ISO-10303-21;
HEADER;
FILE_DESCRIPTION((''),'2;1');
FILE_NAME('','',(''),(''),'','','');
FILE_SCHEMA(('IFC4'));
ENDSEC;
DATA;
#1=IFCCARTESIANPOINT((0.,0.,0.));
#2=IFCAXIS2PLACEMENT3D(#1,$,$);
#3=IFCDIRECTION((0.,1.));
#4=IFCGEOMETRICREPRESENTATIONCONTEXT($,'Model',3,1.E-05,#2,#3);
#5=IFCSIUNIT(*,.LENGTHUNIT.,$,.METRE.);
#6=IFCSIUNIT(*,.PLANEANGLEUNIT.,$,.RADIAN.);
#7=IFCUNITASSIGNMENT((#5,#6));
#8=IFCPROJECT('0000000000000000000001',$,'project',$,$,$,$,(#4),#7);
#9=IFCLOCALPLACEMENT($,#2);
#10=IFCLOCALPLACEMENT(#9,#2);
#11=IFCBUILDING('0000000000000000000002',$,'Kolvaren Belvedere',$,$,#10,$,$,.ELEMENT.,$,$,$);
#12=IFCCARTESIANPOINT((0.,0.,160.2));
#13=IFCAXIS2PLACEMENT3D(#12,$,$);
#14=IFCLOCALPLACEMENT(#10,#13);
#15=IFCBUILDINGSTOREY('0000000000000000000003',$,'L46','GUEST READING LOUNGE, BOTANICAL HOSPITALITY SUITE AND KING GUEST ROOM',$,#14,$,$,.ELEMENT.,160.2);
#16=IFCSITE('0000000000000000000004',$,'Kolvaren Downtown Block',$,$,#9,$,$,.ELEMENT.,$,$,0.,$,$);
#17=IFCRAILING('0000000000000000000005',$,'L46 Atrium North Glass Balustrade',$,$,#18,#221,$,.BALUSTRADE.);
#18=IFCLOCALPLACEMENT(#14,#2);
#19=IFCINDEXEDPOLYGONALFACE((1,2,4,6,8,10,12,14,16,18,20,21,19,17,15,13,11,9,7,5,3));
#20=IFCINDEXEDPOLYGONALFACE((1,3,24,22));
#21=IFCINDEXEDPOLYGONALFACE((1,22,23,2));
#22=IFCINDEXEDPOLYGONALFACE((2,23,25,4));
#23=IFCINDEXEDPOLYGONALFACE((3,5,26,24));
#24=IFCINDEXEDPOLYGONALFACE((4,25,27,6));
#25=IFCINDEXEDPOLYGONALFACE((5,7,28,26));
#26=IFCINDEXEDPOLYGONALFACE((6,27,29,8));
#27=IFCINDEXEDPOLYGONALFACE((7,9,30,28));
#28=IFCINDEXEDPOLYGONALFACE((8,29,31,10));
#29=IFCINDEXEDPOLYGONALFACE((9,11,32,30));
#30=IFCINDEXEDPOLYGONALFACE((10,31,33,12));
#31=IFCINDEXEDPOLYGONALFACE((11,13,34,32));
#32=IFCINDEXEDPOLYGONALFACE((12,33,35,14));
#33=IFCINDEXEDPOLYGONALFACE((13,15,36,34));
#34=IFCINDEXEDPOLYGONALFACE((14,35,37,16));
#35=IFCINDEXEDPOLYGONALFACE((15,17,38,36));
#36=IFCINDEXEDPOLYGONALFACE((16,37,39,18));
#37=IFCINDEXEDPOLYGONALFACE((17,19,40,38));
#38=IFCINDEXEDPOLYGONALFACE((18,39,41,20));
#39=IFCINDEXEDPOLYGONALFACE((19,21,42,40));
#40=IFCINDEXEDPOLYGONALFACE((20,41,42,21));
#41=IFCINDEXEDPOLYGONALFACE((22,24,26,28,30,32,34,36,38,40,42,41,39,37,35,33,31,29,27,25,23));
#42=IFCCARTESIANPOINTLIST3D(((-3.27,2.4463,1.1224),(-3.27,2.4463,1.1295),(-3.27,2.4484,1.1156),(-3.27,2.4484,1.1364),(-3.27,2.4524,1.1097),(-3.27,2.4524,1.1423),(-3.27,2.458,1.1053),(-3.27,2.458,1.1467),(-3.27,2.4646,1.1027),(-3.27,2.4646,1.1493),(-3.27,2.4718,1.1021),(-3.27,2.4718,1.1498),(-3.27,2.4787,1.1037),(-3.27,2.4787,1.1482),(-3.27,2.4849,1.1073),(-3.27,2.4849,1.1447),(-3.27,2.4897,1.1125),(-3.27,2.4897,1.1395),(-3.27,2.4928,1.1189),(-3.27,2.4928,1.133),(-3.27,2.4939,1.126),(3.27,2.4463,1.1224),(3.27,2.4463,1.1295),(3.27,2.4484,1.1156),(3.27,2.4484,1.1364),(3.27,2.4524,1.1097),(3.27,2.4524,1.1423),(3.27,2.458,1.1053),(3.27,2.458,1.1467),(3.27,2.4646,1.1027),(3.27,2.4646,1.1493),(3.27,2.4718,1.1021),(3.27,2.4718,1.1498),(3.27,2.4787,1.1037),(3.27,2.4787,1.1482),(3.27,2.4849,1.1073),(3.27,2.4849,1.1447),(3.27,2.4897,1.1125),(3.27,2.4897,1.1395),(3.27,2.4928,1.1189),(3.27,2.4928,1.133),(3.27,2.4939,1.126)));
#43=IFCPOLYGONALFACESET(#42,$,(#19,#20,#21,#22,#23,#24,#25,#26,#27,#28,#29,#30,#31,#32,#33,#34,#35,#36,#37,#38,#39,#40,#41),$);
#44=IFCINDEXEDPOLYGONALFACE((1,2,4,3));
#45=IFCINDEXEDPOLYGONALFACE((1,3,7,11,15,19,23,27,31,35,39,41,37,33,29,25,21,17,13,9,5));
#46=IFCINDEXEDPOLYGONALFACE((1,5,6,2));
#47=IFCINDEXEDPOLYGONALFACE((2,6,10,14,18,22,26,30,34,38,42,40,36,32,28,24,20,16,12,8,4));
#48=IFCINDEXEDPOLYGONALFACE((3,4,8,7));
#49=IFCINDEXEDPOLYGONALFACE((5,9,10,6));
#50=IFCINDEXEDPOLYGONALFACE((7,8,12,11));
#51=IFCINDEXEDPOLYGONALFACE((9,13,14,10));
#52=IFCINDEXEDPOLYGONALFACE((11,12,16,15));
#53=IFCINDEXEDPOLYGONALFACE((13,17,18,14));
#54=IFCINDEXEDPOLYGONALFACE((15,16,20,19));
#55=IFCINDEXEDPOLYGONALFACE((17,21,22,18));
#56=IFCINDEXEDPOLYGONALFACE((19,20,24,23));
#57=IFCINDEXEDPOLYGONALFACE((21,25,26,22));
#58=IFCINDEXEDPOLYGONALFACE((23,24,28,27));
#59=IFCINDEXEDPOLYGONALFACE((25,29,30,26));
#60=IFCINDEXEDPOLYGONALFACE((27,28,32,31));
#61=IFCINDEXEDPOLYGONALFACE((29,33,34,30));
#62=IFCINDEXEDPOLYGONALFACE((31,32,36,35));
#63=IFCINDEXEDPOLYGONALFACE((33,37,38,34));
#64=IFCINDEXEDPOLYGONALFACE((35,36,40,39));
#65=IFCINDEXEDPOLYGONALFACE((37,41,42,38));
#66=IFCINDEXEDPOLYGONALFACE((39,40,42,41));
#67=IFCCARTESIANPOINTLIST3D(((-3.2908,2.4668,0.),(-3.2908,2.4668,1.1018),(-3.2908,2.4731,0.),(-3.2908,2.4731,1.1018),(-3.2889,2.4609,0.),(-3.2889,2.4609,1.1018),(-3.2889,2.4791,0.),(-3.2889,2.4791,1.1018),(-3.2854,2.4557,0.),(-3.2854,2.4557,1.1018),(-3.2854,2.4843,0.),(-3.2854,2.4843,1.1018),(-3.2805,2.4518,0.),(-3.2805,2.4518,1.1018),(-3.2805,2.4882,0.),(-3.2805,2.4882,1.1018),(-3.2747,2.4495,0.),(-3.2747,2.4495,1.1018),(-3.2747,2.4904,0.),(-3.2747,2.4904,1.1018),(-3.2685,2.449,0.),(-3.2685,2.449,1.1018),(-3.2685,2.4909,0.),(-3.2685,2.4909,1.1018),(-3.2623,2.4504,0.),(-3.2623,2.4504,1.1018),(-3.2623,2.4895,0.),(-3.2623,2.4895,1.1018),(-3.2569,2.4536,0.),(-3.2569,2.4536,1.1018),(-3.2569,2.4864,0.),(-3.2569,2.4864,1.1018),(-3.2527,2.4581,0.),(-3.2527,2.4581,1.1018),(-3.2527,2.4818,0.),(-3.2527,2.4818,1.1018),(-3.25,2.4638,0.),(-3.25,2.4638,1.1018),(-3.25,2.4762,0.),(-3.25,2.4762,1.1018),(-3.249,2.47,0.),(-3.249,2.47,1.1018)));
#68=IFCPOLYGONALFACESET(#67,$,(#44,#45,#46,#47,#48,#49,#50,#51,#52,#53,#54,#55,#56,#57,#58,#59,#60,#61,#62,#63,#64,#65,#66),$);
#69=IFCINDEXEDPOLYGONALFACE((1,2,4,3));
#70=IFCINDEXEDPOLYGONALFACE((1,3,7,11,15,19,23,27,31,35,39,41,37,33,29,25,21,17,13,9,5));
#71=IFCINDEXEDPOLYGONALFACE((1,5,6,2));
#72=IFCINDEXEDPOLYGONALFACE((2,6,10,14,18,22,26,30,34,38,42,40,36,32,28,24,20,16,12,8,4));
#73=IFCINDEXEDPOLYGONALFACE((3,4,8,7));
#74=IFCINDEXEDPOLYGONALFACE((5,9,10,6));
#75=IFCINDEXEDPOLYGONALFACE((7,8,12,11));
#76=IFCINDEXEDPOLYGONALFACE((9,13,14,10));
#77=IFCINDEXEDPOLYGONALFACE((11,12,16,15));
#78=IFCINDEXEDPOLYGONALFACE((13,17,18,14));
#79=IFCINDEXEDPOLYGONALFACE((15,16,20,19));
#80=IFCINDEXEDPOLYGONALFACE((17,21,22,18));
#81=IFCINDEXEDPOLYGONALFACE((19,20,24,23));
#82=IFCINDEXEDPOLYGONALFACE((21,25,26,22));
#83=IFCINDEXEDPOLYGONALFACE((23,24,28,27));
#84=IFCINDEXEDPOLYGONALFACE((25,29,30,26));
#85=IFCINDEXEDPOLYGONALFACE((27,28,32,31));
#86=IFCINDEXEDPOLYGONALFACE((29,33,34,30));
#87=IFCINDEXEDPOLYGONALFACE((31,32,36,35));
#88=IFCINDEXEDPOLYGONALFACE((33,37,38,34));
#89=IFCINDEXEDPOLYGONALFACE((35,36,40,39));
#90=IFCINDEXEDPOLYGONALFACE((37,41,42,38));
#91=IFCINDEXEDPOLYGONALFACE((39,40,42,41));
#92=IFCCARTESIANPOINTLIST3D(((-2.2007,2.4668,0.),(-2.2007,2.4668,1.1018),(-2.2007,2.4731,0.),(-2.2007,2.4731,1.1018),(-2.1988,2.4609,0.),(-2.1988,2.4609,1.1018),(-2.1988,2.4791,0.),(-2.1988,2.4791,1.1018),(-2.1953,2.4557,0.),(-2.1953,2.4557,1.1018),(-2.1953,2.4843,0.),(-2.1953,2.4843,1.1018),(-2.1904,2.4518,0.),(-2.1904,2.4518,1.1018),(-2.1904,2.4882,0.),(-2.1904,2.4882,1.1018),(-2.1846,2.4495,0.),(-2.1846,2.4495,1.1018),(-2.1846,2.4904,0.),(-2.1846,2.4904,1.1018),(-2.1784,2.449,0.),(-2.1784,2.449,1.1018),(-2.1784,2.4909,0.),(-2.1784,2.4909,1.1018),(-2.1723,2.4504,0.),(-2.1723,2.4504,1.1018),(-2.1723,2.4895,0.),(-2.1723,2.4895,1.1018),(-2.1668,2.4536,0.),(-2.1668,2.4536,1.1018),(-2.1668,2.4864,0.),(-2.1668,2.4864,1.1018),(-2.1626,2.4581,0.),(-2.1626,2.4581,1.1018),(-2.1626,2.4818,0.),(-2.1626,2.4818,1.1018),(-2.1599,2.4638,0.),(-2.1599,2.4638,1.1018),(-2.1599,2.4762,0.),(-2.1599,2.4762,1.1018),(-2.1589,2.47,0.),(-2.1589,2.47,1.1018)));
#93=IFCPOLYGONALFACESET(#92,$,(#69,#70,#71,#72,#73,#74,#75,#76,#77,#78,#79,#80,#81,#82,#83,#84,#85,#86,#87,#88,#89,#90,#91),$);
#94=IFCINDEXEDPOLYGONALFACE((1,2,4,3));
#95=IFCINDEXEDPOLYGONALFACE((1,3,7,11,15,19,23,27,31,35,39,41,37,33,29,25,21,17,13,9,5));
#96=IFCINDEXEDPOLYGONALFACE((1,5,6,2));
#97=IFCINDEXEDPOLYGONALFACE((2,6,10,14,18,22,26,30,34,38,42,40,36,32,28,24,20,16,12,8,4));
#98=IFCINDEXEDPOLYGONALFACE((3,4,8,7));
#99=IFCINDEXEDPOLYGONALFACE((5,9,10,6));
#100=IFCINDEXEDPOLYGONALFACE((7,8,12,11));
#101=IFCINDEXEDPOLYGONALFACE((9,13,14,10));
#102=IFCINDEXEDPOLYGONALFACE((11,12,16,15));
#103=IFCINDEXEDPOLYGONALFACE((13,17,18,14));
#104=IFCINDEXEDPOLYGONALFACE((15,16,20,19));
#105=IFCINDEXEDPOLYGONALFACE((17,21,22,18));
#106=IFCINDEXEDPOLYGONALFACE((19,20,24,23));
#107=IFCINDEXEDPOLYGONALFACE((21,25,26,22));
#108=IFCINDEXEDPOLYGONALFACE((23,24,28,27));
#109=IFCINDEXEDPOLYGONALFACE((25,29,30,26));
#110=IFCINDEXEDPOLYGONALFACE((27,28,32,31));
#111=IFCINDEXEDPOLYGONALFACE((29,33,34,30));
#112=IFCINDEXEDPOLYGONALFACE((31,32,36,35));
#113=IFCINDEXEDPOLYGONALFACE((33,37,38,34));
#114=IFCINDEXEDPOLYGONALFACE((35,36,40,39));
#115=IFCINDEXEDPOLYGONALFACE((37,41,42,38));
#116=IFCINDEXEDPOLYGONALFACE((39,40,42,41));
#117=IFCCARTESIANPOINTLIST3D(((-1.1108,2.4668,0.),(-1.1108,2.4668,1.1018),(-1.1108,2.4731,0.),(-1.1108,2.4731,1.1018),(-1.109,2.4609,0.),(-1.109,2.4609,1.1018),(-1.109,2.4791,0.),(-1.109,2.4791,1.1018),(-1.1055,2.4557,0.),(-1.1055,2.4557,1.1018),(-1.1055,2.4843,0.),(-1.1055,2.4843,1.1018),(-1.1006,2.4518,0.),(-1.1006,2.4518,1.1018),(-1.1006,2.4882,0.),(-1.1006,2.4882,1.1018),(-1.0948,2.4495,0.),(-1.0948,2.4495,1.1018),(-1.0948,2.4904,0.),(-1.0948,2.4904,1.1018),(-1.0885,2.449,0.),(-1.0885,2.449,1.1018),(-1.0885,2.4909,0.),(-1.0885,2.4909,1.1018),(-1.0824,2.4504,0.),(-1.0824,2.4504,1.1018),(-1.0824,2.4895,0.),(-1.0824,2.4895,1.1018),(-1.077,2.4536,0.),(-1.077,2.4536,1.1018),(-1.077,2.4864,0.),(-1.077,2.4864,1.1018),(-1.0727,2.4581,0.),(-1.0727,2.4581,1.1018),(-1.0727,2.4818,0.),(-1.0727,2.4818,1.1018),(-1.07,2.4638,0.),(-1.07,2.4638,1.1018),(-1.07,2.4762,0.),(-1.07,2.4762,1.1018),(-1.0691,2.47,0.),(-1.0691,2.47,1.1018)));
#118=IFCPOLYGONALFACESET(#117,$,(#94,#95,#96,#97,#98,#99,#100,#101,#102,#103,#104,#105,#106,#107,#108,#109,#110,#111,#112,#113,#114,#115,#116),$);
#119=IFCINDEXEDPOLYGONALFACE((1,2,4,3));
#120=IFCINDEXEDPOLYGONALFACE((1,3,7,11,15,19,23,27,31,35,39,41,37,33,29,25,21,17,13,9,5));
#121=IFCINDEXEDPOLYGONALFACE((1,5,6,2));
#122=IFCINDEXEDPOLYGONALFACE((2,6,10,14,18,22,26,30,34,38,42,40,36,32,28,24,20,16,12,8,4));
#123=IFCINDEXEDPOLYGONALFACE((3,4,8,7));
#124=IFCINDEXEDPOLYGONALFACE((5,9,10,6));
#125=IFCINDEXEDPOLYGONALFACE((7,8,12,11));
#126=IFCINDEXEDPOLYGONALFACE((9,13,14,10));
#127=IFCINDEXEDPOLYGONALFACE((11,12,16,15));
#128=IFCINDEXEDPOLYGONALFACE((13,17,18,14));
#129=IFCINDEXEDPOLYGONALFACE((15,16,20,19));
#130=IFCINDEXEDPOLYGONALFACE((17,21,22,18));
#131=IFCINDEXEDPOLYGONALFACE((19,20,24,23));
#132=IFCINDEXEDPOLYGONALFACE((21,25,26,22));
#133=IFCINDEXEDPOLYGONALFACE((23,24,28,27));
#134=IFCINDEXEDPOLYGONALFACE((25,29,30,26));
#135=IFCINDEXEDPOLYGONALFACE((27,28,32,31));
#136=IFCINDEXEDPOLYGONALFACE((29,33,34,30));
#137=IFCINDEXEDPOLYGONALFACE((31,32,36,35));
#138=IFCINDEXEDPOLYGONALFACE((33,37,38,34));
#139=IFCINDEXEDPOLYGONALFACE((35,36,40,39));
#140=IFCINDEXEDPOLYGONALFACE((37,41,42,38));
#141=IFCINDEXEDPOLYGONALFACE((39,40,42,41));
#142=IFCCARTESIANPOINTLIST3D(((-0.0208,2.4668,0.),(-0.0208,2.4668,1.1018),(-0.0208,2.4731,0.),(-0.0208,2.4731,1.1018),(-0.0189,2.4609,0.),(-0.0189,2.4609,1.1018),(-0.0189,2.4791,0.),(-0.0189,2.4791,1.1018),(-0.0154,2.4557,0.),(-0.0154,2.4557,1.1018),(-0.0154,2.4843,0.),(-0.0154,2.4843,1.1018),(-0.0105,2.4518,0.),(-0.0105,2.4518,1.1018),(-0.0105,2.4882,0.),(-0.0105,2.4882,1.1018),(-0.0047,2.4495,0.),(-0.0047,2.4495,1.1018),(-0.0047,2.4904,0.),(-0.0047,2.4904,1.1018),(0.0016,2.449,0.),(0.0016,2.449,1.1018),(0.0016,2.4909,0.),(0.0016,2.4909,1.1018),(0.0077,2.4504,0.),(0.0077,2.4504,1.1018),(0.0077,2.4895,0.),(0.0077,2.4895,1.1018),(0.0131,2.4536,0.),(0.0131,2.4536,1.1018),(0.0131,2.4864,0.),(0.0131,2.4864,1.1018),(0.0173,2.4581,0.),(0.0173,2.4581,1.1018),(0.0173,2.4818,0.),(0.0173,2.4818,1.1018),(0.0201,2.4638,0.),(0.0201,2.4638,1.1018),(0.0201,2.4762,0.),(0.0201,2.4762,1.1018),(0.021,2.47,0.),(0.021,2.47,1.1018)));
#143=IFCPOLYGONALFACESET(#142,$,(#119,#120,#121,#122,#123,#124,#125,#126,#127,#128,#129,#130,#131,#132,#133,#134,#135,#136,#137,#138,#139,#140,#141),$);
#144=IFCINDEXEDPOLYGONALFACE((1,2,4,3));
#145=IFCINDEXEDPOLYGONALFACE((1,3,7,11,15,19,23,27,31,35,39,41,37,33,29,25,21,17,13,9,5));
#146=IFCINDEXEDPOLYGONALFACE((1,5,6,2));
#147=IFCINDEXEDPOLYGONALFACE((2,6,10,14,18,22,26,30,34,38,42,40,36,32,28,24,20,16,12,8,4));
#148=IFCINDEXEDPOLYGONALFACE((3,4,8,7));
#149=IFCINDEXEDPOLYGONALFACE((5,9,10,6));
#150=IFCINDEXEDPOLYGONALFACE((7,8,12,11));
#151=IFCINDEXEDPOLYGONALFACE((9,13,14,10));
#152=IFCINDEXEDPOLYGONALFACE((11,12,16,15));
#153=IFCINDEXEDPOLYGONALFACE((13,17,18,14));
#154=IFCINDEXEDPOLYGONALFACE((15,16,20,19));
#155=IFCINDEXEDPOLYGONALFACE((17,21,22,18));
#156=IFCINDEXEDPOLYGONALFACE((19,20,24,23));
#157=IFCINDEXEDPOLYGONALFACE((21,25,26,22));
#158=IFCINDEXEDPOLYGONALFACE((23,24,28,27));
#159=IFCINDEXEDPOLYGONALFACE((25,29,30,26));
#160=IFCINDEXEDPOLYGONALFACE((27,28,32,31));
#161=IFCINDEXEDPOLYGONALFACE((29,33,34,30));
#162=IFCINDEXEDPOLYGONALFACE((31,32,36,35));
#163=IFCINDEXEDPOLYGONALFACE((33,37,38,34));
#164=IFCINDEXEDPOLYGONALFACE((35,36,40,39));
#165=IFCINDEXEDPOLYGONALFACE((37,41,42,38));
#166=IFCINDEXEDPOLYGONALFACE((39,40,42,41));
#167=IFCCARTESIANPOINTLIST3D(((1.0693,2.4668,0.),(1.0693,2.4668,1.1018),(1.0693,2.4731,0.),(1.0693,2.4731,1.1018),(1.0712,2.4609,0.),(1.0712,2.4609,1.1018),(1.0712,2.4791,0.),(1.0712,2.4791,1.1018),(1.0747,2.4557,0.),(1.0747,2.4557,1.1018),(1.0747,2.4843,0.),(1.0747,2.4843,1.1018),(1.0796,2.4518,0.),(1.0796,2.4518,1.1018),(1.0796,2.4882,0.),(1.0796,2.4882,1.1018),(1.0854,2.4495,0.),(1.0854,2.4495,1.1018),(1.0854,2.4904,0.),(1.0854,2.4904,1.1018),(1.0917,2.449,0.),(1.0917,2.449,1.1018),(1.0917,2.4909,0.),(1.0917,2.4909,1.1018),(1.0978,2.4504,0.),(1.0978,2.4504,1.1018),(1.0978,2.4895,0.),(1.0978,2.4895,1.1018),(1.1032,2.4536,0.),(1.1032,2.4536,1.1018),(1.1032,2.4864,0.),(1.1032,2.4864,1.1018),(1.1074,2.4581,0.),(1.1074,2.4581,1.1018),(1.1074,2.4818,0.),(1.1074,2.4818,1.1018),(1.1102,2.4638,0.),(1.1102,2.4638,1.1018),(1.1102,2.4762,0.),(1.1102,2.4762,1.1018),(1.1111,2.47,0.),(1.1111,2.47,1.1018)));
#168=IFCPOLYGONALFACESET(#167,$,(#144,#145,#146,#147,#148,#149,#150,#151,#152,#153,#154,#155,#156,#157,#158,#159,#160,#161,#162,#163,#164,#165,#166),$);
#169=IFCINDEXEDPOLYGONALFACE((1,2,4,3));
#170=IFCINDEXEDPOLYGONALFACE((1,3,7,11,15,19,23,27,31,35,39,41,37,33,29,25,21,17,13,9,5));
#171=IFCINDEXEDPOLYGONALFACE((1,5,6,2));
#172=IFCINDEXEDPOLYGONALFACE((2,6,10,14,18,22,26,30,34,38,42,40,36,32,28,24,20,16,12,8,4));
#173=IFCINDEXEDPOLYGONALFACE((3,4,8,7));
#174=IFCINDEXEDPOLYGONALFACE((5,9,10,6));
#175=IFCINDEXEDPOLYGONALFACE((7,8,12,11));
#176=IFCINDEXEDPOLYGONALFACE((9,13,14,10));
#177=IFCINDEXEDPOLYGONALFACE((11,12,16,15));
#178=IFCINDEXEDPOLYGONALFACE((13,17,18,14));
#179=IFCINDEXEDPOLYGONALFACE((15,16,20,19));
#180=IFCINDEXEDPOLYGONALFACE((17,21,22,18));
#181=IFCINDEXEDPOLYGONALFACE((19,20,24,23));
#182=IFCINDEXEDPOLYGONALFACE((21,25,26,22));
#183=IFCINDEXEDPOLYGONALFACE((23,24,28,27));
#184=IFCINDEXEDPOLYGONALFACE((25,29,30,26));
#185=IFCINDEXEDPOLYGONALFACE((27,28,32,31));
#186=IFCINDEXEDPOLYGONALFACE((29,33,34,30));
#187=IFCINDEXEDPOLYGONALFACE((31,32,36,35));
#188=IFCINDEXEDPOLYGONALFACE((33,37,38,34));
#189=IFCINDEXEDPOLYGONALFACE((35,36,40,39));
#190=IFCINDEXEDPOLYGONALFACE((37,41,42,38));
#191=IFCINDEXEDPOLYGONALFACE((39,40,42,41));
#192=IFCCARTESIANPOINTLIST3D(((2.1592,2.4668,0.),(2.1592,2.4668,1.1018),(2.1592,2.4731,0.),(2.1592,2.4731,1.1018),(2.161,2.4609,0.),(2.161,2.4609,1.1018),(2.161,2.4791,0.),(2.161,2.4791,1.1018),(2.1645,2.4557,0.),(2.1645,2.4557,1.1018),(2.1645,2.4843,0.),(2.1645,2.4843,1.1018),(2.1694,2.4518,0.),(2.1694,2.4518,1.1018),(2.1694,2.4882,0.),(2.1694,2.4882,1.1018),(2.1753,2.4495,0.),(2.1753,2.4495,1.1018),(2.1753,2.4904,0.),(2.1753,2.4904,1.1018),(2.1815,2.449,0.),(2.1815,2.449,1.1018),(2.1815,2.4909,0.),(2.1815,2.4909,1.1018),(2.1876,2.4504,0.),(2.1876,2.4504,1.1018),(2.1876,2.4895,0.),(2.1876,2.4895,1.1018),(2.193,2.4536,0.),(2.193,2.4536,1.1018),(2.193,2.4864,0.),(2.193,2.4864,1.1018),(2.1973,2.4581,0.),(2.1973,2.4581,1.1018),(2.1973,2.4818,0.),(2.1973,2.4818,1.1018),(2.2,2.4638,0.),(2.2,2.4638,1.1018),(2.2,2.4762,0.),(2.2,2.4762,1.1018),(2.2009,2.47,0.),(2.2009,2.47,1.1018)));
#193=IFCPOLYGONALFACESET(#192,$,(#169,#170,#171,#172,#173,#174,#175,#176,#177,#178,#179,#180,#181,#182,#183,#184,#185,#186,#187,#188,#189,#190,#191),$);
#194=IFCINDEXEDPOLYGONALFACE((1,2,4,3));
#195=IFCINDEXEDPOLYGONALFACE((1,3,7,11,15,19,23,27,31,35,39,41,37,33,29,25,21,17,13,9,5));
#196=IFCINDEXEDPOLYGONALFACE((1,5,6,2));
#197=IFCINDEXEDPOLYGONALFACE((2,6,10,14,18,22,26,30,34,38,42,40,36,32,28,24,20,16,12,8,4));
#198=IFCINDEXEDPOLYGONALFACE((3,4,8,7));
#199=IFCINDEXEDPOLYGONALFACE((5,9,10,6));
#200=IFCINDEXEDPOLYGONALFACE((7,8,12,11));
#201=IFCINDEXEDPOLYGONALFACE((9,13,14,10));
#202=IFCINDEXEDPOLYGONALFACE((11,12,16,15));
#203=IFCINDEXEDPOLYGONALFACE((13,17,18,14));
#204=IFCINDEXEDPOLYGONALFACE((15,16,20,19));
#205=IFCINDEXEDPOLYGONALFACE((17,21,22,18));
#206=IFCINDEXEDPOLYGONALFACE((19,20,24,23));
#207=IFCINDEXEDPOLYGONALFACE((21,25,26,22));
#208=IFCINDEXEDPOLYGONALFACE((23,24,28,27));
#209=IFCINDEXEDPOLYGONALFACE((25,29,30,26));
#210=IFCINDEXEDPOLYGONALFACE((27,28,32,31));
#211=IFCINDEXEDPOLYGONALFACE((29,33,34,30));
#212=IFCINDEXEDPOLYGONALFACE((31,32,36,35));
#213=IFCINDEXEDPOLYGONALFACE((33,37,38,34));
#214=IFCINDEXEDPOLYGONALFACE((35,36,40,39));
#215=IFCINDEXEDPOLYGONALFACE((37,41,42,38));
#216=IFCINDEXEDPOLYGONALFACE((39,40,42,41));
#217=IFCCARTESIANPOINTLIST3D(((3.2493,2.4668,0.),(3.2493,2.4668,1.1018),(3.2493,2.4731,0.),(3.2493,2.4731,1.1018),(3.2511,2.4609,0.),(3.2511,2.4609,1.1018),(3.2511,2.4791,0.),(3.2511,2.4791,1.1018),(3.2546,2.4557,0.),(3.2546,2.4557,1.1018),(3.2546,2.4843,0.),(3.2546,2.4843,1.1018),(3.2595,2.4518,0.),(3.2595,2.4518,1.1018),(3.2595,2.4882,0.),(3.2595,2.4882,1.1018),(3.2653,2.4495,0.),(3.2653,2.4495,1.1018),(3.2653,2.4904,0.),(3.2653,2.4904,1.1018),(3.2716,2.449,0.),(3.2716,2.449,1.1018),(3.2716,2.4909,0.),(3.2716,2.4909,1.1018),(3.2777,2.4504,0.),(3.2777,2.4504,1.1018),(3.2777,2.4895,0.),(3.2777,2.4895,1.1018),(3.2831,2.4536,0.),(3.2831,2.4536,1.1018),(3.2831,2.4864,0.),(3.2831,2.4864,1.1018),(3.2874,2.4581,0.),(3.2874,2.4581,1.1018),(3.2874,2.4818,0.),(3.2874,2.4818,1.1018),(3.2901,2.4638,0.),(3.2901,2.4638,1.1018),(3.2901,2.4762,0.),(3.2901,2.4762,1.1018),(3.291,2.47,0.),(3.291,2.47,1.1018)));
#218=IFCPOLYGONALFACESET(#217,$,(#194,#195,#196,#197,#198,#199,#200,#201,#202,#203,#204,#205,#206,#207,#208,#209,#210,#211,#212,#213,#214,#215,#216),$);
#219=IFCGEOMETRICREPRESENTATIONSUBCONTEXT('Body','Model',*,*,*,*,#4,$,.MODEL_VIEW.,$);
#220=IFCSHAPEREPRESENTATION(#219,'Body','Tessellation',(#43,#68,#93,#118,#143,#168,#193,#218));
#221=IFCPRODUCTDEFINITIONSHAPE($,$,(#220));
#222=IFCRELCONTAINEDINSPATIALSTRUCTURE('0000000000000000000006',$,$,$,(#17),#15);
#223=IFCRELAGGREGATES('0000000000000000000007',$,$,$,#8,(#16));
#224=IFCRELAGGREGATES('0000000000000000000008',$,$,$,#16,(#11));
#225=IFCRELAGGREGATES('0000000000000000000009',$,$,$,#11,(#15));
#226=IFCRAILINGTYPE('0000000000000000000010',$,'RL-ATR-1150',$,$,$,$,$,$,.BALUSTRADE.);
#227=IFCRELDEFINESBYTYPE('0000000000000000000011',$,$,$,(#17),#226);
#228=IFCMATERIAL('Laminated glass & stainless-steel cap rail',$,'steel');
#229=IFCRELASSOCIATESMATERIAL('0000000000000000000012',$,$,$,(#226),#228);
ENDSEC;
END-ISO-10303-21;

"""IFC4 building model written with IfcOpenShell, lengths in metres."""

from ifc_helpers import new_model, si_unit, direction, frame, origin, origin_2d, place, context, subcontext, project, spatial, circle, extrude, material, type_object, element, save


model = new_model("IFC4")

# Units and contexts
model_context = context("Model", 3, precision=1e-05, world=origin(), true_north=direction((0.0, 1.0)))
body_context = subcontext(model_context, "Body", "Model", "MODEL_VIEW")
ifc_project = project(units=[si_unit("LENGTHUNIT", "METRE"), si_unit("PLANEANGLEUNIT", "RADIAN")], contexts=[model_context])

# Site, building, storey
site_placement = place(None, origin())
site = spatial("IfcSite", under=ifc_project, at=site_placement, Name="Kolvaren Downtown Block", CompositionType="ELEMENT", RefElevation=0.0)
building_placement = place(site_placement, origin())
building = spatial("IfcBuilding", under=site, at=building_placement, Name="Kolvaren Belvedere", CompositionType="ELEMENT")
storey_placement = place(building_placement, frame((0.0, 0.0, 160.2)))
storey = spatial("IfcBuildingStorey", under=building, at=storey_placement, Name="L46", Description="GUEST READING LOUNGE, BOTANICAL HOSPITALITY SUITE AND KING GUEST ROOM", CompositionType="ELEMENT", Elevation=160.2)

# Railing
ifc_material_1 = material(Name="Laminated glass & stainless-steel cap rail", Category="steel")
railing_type_1 = type_object("IfcRailingType", Name="RL-ATR-1150", PredefinedType="BALUSTRADE", material=ifc_material_1)
railing_1_placement = place(storey_placement, frame((-3.27, 2.47, 0.0)))
element("IfcRailing", 1, at=railing_1_placement, inside=storey, type_object=railing_type_1, Name="L46 Atrium North Glass Balustrade", PredefinedType="BALUSTRADE", context=body_context, shape_type="SweptSolid", body=[
    extrude(circle(Radius=0.0239, at=origin_2d()), frame((0.0, 0.0, 1.126), z_axis=(1.0, 0.0, 0.0), x_axis=(0.0, 1.0, 0.0)), (0.0, 0.0, 1.0), 6.54),
    extrude(circle(Radius=0.021, at=origin_2d()), origin(), (0.0, 0.0, 1.0), 1.1018),
    extrude(circle(Radius=0.021, at=origin_2d()), frame((1.0901, 0.0, 0.0)), (0.0, 0.0, 1.0), 1.1018),
    extrude(circle(Radius=0.021, at=origin_2d()), frame((2.1799, 0.0, 0.0)), (0.0, 0.0, 1.0), 1.1018),
    extrude(circle(Radius=0.021, at=origin_2d()), frame((3.27, 0.0, 0.0)), (0.0, 0.0, 1.0), 1.1018),
    extrude(circle(Radius=0.021, at=origin_2d()), frame((4.3601, 0.0, 0.0)), (0.0, 0.0, 1.0), 1.1018),
    extrude(circle(Radius=0.021, at=origin_2d()), frame((5.45, 0.0, 0.0)), (0.0, 0.0, 1.0), 1.1018),
    extrude(circle(Radius=0.021, at=origin_2d()), frame((6.54, 0.0, 0.0)), (0.0, 0.0, 1.0), 1.1018),
])

save(model, "model.ifc")
